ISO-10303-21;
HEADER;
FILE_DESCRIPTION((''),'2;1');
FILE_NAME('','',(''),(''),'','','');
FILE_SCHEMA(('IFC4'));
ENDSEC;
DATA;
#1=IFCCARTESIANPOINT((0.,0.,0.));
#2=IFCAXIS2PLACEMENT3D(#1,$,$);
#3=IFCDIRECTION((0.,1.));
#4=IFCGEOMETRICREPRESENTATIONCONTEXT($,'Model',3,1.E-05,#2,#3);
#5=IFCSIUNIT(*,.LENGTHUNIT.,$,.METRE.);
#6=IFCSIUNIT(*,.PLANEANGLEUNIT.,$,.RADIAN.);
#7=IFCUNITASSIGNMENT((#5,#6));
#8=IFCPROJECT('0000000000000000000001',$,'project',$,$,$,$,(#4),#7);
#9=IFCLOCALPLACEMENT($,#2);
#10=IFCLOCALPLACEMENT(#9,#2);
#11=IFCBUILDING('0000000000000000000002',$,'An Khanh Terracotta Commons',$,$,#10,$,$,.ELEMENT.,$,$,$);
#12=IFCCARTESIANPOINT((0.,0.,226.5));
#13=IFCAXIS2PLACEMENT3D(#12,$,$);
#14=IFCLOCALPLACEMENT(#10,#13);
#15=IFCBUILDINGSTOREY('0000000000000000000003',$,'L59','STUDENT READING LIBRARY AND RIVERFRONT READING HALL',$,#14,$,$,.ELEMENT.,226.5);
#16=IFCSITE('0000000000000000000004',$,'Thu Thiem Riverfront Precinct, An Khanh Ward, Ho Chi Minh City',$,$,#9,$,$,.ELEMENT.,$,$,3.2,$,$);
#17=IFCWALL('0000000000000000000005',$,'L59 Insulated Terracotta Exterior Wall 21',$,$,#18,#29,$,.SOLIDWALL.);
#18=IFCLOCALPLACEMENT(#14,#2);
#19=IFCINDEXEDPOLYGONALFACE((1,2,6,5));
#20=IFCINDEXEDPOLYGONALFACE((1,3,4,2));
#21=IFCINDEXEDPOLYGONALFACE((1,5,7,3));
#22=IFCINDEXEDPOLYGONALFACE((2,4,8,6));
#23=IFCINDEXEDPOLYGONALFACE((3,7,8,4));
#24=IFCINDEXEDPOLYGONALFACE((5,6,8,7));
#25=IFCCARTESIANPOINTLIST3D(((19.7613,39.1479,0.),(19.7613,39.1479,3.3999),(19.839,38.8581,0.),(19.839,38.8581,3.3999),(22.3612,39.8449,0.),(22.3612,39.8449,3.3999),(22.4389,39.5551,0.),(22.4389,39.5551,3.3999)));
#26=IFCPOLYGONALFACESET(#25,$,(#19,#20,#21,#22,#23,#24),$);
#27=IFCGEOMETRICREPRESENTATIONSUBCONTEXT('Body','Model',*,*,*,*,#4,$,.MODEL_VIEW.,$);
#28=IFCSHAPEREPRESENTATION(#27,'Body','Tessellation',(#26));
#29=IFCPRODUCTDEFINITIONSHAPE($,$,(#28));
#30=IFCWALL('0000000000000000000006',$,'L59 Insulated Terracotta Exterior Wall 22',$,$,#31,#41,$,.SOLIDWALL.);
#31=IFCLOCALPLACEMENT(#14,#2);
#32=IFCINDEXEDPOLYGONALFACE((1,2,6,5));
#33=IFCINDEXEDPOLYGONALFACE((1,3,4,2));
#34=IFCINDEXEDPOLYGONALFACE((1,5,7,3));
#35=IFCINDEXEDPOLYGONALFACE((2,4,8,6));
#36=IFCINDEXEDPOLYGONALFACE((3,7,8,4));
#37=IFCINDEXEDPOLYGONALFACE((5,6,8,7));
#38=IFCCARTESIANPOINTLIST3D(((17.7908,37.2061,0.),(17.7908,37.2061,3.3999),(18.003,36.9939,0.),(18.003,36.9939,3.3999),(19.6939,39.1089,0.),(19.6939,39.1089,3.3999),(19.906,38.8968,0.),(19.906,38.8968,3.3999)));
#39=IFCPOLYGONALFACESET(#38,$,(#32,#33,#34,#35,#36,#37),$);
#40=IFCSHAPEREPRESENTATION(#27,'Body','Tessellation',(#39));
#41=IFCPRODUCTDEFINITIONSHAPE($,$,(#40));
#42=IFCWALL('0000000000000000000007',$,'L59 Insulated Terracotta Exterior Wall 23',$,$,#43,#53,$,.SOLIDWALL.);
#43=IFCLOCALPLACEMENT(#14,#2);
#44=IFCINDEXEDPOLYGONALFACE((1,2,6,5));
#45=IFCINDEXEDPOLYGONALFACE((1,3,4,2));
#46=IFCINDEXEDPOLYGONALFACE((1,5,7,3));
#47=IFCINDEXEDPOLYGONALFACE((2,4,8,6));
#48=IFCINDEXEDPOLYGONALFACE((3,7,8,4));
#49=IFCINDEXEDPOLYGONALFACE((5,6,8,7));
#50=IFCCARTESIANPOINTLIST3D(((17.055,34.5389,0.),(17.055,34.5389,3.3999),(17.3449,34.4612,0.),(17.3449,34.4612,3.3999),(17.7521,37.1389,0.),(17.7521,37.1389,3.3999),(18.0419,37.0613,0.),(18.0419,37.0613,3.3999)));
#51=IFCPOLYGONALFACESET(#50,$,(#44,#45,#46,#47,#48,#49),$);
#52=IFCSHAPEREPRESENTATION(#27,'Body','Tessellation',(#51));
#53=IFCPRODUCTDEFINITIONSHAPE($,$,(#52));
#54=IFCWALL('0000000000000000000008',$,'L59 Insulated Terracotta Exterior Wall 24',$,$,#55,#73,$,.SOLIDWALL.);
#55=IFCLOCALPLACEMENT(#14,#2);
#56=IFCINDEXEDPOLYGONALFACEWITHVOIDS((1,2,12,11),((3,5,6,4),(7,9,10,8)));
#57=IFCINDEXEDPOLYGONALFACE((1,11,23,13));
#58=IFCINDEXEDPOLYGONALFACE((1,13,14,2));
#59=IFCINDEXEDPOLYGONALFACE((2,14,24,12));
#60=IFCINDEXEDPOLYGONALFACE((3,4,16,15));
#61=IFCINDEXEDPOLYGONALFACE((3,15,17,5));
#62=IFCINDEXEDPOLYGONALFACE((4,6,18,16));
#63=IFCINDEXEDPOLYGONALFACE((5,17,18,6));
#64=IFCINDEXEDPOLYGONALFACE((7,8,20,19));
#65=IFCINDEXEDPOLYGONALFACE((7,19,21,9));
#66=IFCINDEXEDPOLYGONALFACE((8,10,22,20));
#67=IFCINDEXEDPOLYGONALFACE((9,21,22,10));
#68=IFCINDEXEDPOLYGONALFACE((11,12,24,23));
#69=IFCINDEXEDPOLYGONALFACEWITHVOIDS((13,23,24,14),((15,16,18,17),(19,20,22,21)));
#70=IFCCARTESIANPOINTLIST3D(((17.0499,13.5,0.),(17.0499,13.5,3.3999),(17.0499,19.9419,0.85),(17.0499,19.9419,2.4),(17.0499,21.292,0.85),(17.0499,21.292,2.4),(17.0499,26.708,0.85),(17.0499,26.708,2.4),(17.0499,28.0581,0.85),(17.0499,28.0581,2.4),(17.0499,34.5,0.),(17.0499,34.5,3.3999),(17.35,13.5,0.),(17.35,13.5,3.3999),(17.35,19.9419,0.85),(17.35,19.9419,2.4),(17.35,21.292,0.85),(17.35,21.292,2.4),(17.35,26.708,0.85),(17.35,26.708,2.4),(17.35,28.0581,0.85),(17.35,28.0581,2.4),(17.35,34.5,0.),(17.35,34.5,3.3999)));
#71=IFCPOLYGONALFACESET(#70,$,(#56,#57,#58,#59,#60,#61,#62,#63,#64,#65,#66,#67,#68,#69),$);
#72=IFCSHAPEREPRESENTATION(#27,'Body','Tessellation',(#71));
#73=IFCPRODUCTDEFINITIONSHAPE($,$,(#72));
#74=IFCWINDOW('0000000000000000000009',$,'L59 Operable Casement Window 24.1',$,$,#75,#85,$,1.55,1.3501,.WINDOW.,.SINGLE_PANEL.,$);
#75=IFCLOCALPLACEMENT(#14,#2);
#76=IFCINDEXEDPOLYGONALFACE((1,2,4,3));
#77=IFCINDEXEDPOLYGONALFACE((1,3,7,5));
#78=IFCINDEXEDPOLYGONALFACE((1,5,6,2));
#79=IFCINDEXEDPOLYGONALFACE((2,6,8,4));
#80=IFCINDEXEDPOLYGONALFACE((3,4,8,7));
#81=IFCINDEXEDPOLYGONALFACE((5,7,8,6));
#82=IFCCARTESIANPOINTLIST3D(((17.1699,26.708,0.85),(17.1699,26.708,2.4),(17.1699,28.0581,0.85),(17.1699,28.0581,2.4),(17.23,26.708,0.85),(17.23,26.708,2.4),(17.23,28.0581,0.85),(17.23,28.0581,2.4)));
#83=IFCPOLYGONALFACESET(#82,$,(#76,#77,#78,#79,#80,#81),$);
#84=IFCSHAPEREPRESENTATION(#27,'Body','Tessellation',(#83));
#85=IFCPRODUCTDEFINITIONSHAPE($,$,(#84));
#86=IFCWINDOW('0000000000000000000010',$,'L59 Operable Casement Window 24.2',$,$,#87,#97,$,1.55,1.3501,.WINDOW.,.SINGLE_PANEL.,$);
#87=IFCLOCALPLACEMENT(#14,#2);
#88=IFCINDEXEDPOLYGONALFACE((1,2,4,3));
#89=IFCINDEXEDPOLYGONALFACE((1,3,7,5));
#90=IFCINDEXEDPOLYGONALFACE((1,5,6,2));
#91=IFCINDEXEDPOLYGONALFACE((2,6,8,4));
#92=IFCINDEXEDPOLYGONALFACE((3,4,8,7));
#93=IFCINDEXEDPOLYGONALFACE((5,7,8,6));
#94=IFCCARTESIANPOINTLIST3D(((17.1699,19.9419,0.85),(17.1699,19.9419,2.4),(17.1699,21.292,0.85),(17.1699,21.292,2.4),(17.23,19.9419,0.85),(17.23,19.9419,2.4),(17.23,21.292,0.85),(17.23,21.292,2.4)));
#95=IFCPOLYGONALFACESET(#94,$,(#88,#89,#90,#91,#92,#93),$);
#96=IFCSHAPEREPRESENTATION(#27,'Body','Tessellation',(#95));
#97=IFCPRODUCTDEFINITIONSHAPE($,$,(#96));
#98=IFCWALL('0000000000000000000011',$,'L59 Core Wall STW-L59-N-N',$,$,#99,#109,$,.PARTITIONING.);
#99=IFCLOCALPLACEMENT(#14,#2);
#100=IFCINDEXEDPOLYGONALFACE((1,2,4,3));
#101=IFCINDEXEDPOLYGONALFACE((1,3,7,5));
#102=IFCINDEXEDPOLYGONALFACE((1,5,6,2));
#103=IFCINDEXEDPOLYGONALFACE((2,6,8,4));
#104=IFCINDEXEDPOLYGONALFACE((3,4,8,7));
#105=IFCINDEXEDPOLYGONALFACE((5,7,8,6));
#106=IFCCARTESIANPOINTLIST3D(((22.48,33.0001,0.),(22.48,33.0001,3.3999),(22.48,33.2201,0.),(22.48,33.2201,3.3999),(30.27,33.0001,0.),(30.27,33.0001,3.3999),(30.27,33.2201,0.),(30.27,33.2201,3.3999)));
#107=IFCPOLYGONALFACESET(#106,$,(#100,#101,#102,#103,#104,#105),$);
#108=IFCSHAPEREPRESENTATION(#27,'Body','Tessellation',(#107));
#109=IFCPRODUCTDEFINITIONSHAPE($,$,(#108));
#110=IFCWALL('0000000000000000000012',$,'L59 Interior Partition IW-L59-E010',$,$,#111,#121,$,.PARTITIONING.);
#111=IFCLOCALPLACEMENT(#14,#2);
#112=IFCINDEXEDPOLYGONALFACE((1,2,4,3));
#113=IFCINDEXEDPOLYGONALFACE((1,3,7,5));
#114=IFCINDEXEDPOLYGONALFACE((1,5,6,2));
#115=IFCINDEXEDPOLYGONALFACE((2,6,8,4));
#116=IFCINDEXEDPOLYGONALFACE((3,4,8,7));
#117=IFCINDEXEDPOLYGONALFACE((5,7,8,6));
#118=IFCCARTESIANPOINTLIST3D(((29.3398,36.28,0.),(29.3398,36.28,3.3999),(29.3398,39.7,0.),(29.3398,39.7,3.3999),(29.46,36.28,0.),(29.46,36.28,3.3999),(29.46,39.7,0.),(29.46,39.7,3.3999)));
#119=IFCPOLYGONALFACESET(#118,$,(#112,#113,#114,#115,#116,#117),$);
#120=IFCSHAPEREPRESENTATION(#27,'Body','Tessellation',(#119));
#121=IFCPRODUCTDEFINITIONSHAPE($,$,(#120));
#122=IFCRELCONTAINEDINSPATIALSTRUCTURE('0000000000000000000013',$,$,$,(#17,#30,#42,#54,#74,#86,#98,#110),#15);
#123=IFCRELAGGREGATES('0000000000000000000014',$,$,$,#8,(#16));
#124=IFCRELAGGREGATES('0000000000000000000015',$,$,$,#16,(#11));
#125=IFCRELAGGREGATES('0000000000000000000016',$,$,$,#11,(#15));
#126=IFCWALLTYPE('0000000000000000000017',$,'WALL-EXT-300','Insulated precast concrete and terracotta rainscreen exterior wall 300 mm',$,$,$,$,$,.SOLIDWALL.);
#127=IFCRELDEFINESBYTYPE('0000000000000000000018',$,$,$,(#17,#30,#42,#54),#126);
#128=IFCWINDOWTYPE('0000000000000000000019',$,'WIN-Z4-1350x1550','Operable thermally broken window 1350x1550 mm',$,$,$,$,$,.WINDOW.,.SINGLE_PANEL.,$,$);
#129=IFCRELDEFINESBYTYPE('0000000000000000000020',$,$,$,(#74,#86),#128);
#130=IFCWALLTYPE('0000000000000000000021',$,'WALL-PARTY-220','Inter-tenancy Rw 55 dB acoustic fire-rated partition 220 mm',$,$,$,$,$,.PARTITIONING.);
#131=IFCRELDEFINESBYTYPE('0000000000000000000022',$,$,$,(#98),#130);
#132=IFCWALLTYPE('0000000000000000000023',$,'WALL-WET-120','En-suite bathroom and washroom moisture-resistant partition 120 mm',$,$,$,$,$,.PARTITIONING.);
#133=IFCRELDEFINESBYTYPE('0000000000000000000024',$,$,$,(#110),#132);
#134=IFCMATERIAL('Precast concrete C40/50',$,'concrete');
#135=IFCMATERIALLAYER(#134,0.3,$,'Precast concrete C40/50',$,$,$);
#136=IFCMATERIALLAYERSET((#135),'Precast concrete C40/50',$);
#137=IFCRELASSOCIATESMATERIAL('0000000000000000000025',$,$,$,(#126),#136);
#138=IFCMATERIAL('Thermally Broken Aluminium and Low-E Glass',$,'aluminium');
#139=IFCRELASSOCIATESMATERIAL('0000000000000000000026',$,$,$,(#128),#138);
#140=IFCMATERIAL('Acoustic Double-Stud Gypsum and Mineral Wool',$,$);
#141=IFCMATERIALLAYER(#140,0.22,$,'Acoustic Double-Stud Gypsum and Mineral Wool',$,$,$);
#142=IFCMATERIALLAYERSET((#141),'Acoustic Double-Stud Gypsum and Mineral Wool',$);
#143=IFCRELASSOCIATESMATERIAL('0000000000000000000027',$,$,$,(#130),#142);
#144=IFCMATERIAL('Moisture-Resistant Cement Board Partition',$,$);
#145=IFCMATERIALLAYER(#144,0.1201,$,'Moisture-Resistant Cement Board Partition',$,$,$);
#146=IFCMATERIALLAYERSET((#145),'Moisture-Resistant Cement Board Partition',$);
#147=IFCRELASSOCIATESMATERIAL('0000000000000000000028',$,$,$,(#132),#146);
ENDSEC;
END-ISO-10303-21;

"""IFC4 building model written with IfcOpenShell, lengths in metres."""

from ifc_helpers import new_model, si_unit, direction, frame, frame_2d, origin, place, context, subcontext, project, spatial, rectangle, extrude, material, layer, layer_set, type_object, element, fill, save


model = new_model("IFC4")

# Units and contexts
model_context = context("Model", 3, precision=1e-05, world=origin(), true_north=direction((0.0, 1.0)))
body_context = subcontext(model_context, "Body", "Model", "MODEL_VIEW")
ifc_project = project(units=[si_unit("LENGTHUNIT", "METRE"), si_unit("PLANEANGLEUNIT", "RADIAN")], contexts=[model_context])

# Site, building, storey
site_placement = place(None, origin())
site = spatial("IfcSite", under=ifc_project, at=site_placement, Name="Thu Thiem Riverfront Precinct, An Khanh Ward, Ho Chi Minh City", CompositionType="ELEMENT", RefElevation=3.2)
building_placement = place(site_placement, origin())
building = spatial("IfcBuilding", under=site, at=building_placement, Name="An Khanh Terracotta Commons", CompositionType="ELEMENT")
storey_placement = place(building_placement, frame((0.0, 0.0, 226.5)))
storey = spatial("IfcBuildingStorey", under=building, at=storey_placement, Name="L59", Description="STUDENT READING LIBRARY AND RIVERFRONT READING HALL", CompositionType="ELEMENT", Elevation=226.5)

# Walls
ifc_material_1 = material(Name="Precast concrete C40/50", Category="concrete")
ifc_layer_1 = layer(ifc_material_1, 0.3, Name="Precast concrete C40/50")
ifc_layer_set_1 = layer_set([ifc_layer_1], Name="Precast concrete C40/50")
wall_type_1 = type_object("IfcWallType", Name="WALL-EXT-300", Description="Insulated precast concrete and terracotta rainscreen exterior wall 300 mm", PredefinedType="SOLIDWALL", material=ifc_layer_set_1)
wall_1_placement = place(storey_placement, frame((22.3999, 39.7, 0.0), z_axis=(0.0, 0.0, 1.0), x_axis=(-0.965889, -0.258955, 0.0)))
element("IfcWall", 1, at=wall_1_placement, inside=storey, type_object=wall_type_1, Name="L59 Insulated Terracotta Exterior Wall 21", PredefinedType="SOLIDWALL", context=body_context, shape_type="SweptSolid", body=[
    extrude(rectangle(XDim=2.6917, YDim=0.3, at=frame_2d((1.3457, 0.0))), origin(), (0.0, 0.0, 1.0), 3.3999),
])
wall_2_placement = place(storey_placement, frame((19.8, 39.0029, 0.0), z_axis=(0.0, 0.0, 1.0), x_axis=(-0.707152, -0.707061, 0.0)))
element("IfcWall", 2, at=wall_2_placement, inside=storey, type_object=wall_type_1, Name="L59 Insulated Terracotta Exterior Wall 22", PredefinedType="SOLIDWALL", context=body_context, shape_type="SweptSolid", body=[
    extrude(rectangle(XDim=2.6912, YDim=0.3, at=frame_2d((1.3457, 0.0))), origin(), (0.0, 0.0, 1.0), 3.3999),
])
wall_3_placement = place(storey_placement, frame((17.897, 37.1001, 0.0), z_axis=(0.0, 0.0, 1.0), x_axis=(-0.258933, -0.965895, 0.0)))
element("IfcWall", 3, at=wall_3_placement, inside=storey, type_object=wall_type_1, Name="L59 Insulated Terracotta Exterior Wall 23", PredefinedType="SOLIDWALL", context=body_context, shape_type="SweptSolid", body=[
    extrude(rectangle(XDim=2.6919, YDim=0.3, at=frame_2d((1.3459, 0.0))), origin(), (0.0, 0.0, 1.0), 3.3999),
])

# Wall, openings, windows
wall_4_placement = place(storey_placement, frame((17.2, 34.5, 0.0), z_axis=(0.0, 0.0, 1.0), x_axis=(0.0, -1.0, 0.0)))
wall_4 = element("IfcWall", 4, at=wall_4_placement, inside=storey, type_object=wall_type_1, Name="L59 Insulated Terracotta Exterior Wall 24", PredefinedType="SOLIDWALL", context=body_context, shape_type="SweptSolid", body=[
    extrude(rectangle(XDim=21.0, YDim=0.3, at=frame_2d((10.5, 0.0))), origin(), (0.0, 0.0, 1.0), 3.3999),
])
opening_1_placement = place(wall_4_placement, frame((6.4419, 0.0, 0.8501)))
opening_1 = element("IfcOpeningElement", 5, at=opening_1_placement, cuts=wall_4, PredefinedType="OPENING", context=body_context, shape_type="SweptSolid", body=[
    extrude(rectangle(XDim=1.3501, YDim=1.55, at=frame_2d((0.675, 0.7749))), frame((0.0, 0.1599, 0.0), z_axis=(0.0, -1.0, 0.0), x_axis=(1.0, 0.0, 0.0)), (0.0, 0.0, 1.0), 0.3201),
])
opening_2_placement = place(wall_4_placement, frame((13.208, 0.0, 0.8501)))
opening_2 = element("IfcOpeningElement", 6, at=opening_2_placement, cuts=wall_4, PredefinedType="OPENING", context=body_context, shape_type="SweptSolid", body=[
    extrude(rectangle(XDim=1.3501, YDim=1.55, at=frame_2d((0.675, 0.7749))), frame((0.0, 0.1599, 0.0), z_axis=(0.0, -1.0, 0.0), x_axis=(1.0, 0.0, 0.0)), (0.0, 0.0, 1.0), 0.3201),
])
ifc_material_2 = material(Name="Thermally Broken Aluminium and Low-E Glass", Category="aluminium")
window_type = type_object("IfcWindowType", Name="WIN-Z4-1350x1550", Description="Operable thermally broken window 1350x1550 mm", PartitioningType="SINGLE_PANEL", PredefinedType="WINDOW", material=ifc_material_2)
window_1_placement = place(opening_1_placement, origin())
window_1 = element("IfcWindow", 7, at=window_1_placement, inside=storey, type_object=window_type, Name="L59 Operable Casement Window 24.1", OverallHeight=1.55, OverallWidth=1.3501, PartitioningType="SINGLE_PANEL", PredefinedType="WINDOW", context=body_context, shape_type="SweptSolid", body=[
    extrude(rectangle(XDim=1.3501, YDim=1.55, at=frame_2d((0.675, 0.7749))), frame((0.0, 0.03, 0.0), z_axis=(0.0, -1.0, 0.0), x_axis=(1.0, 0.0, 0.0)), (0.0, 0.0, 1.0), 0.0601),
])
fill(opening_1, window_1)
window_2_placement = place(opening_2_placement, origin())
window_2 = element("IfcWindow", 8, at=window_2_placement, inside=storey, type_object=window_type, Name="L59 Operable Casement Window 24.2", OverallHeight=1.55, OverallWidth=1.3501, PartitioningType="SINGLE_PANEL", PredefinedType="WINDOW", context=body_context, shape_type="SweptSolid", body=[
    extrude(rectangle(XDim=1.3501, YDim=1.55, at=frame_2d((0.675, 0.7749))), frame((0.0, 0.03, 0.0), z_axis=(0.0, -1.0, 0.0), x_axis=(1.0, 0.0, 0.0)), (0.0, 0.0, 1.0), 0.0601),
])
fill(opening_2, window_2)

# Walls
ifc_material_3 = material(Name="Acoustic Double-Stud Gypsum and Mineral Wool")
ifc_layer_2 = layer(ifc_material_3, 0.22, Name="Acoustic Double-Stud Gypsum and Mineral Wool")
ifc_layer_set_2 = layer_set([ifc_layer_2], Name="Acoustic Double-Stud Gypsum and Mineral Wool")
wall_type_2 = type_object("IfcWallType", Name="WALL-PARTY-220", Description="Inter-tenancy Rw 55 dB acoustic fire-rated partition 220 mm", PredefinedType="PARTITIONING", material=ifc_layer_set_2)
wall_5_placement = place(storey_placement, frame((22.48, 33.1101, 0.0), z_axis=(0.0, 0.0, 1.0), x_axis=(1.0, 0.0, 0.0)))
element("IfcWall", 9, at=wall_5_placement, inside=storey, type_object=wall_type_2, Name="L59 Core Wall STW-L59-N-N", PredefinedType="PARTITIONING", context=body_context, shape_type="SweptSolid", body=[
    extrude(rectangle(XDim=7.79, YDim=0.22, at=frame_2d((3.895, 0.0))), origin(), (0.0, 0.0, 1.0), 3.3999),
])
ifc_material_4 = material(Name="Moisture-Resistant Cement Board Partition")
ifc_layer_3 = layer(ifc_material_4, 0.1201, Name="Moisture-Resistant Cement Board Partition")
ifc_layer_set_3 = layer_set([ifc_layer_3], Name="Moisture-Resistant Cement Board Partition")
wall_type_3 = type_object("IfcWallType", Name="WALL-WET-120", Description="En-suite bathroom and washroom moisture-resistant partition 120 mm", PredefinedType="PARTITIONING", material=ifc_layer_set_3)
wall_6_placement = place(storey_placement, frame((29.3999, 36.28, 0.0), z_axis=(0.0, 0.0, 1.0), x_axis=(0.0, 1.0, 0.0)))
element("IfcWall", 10, at=wall_6_placement, inside=storey, type_object=wall_type_3, Name="L59 Interior Partition IW-L59-E010", PredefinedType="PARTITIONING", context=body_context, shape_type="SweptSolid", body=[
    extrude(rectangle(XDim=3.4199, YDim=0.1201, at=frame_2d((1.71, 0.0))), origin(), (0.0, 0.0, 1.0), 3.3999),
])

save(model, "model.ifc")
